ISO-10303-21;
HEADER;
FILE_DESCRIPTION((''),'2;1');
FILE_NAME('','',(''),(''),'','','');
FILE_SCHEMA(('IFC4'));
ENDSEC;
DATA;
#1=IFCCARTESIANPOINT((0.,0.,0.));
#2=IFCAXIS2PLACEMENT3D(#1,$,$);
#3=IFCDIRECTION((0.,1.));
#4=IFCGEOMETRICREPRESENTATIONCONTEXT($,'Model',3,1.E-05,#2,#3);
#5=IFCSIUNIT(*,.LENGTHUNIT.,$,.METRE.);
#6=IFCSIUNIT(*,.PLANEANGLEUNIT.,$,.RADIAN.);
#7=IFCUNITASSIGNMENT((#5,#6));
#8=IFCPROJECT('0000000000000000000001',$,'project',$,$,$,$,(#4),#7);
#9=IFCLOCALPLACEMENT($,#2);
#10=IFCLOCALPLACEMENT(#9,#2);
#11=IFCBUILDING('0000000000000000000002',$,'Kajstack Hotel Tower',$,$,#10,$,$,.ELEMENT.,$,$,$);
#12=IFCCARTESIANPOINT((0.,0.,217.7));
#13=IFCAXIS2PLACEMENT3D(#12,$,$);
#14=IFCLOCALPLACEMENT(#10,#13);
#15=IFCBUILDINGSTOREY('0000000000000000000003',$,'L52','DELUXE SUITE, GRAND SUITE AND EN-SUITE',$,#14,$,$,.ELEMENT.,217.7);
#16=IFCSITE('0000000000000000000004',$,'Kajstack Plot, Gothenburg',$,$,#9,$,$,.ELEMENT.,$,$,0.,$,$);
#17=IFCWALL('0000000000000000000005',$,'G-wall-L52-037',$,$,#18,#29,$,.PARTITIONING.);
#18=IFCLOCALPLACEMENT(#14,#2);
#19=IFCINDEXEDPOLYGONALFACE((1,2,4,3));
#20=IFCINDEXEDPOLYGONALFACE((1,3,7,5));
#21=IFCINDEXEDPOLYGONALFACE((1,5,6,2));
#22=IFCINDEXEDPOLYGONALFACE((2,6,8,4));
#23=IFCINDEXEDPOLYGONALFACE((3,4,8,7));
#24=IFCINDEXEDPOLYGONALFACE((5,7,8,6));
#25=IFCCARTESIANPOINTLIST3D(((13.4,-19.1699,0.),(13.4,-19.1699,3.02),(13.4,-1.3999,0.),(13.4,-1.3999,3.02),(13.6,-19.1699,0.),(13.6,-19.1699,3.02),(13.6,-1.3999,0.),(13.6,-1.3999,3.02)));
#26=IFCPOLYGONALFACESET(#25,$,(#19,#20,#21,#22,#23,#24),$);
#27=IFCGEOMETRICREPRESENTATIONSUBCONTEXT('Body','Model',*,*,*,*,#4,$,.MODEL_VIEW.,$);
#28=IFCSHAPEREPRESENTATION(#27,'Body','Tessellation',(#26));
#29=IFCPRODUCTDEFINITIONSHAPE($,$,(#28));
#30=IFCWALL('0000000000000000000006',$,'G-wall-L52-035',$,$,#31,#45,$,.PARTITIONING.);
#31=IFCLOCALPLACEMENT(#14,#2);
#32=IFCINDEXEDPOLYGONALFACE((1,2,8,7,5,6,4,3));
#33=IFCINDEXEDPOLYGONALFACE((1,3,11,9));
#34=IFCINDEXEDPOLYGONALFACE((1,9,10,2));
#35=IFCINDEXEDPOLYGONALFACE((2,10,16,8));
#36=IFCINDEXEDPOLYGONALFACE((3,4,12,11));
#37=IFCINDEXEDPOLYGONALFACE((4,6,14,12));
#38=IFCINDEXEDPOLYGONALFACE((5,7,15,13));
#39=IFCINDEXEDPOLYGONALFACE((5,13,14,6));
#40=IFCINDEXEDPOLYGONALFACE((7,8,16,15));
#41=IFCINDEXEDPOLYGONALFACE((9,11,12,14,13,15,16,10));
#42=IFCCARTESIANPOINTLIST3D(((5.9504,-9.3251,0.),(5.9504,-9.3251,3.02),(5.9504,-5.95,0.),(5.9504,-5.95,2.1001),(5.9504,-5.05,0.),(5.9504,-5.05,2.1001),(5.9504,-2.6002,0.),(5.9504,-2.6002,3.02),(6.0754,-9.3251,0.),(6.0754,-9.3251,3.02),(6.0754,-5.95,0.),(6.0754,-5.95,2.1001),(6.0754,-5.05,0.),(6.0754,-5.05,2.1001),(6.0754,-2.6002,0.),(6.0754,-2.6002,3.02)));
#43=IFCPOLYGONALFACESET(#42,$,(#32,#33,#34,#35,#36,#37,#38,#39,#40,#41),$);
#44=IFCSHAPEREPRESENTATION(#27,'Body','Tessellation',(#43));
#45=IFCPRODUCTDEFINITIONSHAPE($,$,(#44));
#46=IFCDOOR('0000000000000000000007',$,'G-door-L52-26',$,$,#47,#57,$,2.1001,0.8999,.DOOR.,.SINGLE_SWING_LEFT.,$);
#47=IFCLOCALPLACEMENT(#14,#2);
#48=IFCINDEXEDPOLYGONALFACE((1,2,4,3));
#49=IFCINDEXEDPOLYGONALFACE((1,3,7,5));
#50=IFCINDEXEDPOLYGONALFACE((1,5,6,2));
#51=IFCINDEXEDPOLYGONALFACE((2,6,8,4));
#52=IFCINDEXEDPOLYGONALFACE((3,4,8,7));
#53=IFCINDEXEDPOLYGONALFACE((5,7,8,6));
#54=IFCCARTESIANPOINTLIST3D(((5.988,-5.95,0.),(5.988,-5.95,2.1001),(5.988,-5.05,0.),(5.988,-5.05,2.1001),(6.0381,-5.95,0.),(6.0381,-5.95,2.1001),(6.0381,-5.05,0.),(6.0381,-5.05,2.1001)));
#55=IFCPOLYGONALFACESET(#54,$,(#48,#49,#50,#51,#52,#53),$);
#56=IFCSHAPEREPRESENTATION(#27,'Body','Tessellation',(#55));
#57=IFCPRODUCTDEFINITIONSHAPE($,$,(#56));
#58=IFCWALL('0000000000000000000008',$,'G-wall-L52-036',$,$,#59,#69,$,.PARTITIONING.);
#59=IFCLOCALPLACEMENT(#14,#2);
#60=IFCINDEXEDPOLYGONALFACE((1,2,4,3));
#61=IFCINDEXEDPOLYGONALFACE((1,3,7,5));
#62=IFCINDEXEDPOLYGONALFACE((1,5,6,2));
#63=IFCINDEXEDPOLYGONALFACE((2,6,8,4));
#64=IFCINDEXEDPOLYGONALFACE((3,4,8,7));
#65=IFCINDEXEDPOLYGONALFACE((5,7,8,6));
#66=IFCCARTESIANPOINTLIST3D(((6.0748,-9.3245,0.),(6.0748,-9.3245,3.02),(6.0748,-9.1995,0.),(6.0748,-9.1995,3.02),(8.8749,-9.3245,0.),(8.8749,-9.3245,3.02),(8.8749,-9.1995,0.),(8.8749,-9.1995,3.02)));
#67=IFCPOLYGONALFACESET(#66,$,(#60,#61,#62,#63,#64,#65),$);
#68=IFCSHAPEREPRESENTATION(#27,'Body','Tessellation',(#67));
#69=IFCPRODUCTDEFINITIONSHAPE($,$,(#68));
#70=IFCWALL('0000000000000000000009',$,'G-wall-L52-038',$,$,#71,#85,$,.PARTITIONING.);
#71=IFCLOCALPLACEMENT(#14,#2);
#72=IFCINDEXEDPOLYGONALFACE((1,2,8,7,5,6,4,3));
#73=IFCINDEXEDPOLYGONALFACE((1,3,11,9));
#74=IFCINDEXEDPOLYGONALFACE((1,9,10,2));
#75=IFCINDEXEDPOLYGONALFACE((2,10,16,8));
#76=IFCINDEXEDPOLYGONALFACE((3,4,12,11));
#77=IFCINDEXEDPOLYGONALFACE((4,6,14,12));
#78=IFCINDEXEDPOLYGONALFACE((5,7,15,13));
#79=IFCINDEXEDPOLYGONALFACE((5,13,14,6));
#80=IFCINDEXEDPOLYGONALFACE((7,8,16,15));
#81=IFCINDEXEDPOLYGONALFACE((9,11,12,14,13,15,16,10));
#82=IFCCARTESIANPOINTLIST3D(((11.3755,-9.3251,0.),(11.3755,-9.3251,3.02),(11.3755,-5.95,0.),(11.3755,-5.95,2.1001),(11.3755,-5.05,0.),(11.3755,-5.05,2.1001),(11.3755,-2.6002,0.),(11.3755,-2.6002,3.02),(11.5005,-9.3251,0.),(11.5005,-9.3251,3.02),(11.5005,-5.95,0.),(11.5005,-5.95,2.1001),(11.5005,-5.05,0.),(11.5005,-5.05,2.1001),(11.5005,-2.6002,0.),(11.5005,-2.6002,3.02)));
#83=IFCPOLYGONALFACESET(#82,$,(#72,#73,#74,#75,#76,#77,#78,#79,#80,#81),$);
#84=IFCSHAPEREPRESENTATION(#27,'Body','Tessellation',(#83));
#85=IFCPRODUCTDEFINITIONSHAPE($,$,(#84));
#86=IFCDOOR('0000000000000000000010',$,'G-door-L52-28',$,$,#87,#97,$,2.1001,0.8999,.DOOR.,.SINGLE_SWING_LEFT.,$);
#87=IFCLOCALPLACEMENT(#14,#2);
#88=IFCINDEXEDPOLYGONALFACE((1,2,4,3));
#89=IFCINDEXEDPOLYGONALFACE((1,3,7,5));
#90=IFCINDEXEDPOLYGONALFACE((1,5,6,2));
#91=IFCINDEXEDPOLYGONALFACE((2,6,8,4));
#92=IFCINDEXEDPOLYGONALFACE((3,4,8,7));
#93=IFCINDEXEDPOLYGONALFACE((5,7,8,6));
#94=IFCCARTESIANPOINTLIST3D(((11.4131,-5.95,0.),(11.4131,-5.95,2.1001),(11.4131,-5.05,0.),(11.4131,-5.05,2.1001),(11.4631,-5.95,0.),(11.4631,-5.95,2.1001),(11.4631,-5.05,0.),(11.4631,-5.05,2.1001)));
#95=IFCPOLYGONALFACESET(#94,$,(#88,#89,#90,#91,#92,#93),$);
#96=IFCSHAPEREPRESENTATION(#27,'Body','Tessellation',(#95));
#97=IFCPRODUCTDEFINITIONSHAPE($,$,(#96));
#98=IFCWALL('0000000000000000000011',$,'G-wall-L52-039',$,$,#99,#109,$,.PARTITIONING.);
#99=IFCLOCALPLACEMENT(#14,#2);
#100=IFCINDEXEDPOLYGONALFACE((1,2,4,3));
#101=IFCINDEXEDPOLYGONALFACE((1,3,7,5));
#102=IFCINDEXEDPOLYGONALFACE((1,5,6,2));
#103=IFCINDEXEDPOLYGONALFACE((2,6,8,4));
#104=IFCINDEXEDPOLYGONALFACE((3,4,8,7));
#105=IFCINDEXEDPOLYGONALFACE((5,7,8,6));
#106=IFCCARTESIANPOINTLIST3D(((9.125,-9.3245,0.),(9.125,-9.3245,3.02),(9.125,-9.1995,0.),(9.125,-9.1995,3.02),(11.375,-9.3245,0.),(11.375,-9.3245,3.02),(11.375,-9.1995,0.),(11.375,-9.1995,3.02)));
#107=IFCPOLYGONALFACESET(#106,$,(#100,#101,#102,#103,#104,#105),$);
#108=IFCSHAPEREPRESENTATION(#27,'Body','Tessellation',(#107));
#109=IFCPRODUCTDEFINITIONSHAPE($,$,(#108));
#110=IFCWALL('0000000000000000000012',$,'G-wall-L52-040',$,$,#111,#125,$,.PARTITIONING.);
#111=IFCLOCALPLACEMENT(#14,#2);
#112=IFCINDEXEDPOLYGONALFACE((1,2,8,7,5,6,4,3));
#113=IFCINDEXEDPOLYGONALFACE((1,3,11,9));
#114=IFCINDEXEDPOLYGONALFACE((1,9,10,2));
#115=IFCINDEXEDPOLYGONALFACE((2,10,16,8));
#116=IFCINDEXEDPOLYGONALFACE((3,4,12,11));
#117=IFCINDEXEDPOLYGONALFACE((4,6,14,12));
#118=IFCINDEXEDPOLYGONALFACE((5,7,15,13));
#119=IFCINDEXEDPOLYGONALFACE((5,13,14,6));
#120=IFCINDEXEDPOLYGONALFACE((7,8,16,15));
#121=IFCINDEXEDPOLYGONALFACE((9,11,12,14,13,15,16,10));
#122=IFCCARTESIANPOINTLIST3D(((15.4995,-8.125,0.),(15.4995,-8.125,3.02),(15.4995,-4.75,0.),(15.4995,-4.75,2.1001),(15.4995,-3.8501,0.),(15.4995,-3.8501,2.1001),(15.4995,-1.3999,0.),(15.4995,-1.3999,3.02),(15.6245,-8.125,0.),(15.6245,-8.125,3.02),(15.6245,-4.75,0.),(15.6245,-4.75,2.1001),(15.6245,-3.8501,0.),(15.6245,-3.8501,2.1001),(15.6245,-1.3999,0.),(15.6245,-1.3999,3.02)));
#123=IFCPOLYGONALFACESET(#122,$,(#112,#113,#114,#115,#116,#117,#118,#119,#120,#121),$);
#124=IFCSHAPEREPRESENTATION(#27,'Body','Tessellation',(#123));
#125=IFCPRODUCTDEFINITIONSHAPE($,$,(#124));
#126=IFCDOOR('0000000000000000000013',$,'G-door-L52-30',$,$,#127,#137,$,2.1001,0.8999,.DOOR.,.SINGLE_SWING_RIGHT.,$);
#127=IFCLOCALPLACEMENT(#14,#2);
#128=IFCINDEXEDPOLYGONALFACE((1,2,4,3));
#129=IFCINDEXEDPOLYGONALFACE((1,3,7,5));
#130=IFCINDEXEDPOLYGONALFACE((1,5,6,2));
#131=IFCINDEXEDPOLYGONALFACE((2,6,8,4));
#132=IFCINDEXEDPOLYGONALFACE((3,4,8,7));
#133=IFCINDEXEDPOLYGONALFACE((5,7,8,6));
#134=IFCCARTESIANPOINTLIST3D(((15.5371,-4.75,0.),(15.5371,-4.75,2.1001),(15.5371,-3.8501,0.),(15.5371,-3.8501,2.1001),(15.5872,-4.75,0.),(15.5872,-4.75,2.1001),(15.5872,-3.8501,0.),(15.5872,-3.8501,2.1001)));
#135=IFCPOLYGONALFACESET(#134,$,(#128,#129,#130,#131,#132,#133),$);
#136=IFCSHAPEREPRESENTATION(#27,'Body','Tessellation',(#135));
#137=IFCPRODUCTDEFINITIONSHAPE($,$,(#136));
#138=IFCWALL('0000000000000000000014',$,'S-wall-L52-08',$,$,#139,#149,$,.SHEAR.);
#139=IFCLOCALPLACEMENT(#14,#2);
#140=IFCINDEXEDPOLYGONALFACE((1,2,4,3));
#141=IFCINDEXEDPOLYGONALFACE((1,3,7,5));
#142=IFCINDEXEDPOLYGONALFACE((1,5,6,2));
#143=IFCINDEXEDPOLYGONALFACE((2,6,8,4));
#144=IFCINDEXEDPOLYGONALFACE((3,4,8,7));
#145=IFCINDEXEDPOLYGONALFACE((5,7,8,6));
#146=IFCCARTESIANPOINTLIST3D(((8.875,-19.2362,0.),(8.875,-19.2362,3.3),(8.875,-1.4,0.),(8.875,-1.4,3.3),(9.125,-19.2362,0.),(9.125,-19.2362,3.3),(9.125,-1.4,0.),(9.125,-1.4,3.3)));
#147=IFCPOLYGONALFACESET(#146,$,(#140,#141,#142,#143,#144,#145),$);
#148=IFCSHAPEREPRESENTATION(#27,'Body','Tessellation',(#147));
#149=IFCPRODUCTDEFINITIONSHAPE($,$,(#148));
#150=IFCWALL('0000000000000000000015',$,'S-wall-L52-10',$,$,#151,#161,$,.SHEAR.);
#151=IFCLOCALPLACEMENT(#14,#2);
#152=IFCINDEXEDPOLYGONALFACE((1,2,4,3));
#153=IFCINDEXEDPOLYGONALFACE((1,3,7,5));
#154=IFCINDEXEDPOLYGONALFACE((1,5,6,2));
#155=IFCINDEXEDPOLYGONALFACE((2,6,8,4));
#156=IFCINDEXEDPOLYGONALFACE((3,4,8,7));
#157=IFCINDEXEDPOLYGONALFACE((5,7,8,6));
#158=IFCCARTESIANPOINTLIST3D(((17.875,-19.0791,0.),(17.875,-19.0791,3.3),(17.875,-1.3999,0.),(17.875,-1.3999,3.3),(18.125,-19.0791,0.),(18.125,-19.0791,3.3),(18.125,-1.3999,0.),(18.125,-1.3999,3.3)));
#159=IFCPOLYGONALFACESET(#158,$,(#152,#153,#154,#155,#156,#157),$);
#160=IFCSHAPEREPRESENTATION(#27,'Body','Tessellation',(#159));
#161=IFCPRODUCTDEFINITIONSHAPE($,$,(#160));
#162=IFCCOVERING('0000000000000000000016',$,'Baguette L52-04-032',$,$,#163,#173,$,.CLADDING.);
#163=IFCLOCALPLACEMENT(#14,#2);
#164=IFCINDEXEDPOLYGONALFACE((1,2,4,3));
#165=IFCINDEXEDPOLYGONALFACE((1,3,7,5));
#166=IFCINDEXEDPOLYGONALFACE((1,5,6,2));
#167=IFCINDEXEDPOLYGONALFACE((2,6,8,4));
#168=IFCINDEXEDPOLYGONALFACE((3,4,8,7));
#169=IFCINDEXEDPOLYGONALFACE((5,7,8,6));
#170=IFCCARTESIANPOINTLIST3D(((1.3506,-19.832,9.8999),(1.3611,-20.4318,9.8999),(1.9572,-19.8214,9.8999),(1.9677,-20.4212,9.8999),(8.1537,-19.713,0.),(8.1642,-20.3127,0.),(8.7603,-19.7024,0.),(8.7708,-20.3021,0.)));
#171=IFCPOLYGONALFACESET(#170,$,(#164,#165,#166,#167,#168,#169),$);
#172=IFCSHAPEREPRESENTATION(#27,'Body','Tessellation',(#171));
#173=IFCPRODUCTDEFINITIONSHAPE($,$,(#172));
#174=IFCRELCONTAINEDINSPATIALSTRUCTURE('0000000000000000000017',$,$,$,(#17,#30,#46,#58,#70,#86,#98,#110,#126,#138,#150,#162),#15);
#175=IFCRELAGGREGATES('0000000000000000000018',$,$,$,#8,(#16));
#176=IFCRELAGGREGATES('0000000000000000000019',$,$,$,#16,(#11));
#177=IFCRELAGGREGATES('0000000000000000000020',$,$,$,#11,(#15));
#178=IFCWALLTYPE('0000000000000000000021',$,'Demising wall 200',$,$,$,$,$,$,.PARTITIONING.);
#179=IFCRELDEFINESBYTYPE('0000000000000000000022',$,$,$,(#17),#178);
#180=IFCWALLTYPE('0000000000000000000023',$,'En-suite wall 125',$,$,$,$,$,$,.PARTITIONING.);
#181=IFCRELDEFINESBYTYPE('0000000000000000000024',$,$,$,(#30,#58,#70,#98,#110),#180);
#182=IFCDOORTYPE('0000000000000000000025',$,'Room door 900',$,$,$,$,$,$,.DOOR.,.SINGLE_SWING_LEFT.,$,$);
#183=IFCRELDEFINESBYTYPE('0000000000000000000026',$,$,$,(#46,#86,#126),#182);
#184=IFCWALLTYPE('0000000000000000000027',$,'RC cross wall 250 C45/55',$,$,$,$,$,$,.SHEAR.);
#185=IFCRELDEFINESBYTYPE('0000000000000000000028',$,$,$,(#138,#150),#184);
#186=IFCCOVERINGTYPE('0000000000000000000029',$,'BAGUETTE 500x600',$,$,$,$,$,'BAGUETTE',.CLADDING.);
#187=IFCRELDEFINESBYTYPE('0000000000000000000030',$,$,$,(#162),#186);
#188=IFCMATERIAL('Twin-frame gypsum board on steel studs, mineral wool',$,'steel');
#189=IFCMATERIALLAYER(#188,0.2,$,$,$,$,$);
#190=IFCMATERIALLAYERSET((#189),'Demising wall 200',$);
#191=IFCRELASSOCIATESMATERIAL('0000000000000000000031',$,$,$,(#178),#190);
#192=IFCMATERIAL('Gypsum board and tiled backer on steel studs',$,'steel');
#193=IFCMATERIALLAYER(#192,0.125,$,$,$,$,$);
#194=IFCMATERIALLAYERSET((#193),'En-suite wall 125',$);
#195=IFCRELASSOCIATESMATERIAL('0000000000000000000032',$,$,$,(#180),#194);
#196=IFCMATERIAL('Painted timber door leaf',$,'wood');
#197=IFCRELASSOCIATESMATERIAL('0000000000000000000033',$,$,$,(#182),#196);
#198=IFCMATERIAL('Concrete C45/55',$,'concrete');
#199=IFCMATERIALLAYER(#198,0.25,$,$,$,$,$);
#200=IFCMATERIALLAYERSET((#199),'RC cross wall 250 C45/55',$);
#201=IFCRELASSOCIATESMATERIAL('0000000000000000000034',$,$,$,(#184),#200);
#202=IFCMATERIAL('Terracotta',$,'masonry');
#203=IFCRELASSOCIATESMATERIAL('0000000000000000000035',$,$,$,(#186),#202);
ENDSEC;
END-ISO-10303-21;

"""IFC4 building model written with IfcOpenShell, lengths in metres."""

from ifc_helpers import new_model, si_unit, direction, frame, frame_2d, origin, origin_2d, place, context, subcontext, project, spatial, polyline, rectangle, outline, extrude, material, layer, layer_set, material_profile, profile_set, type_object, element, fill, save


model = new_model("IFC4")

# Units and contexts
model_context = context("Model", 3, precision=1e-05, world=origin(), true_north=direction((0.0, 1.0)))
body_context = subcontext(model_context, "Body", "Model", "MODEL_VIEW")
ifc_project = project(units=[si_unit("LENGTHUNIT", "METRE"), si_unit("PLANEANGLEUNIT", "RADIAN")], contexts=[model_context])

# Site, building, storey
site_placement = place(None, origin())
site = spatial("IfcSite", under=ifc_project, at=site_placement, Name="Kajstack Plot, Gothenburg", CompositionType="ELEMENT", RefElevation=0.0)
building_placement = place(site_placement, origin())
building = spatial("IfcBuilding", under=site, at=building_placement, Name="Kajstack Hotel Tower", CompositionType="ELEMENT")
storey_placement = place(building_placement, frame((0.0, 0.0, 217.7)))
storey = spatial("IfcBuildingStorey", under=building, at=storey_placement, Name="L52", Description="DELUXE SUITE, GRAND SUITE AND EN-SUITE", CompositionType="ELEMENT", Elevation=217.7)

# Wall
ifc_material_1 = material(Name="Twin-frame gypsum board on steel studs, mineral wool", Category="steel")
ifc_layer_1 = layer(ifc_material_1, 0.2)
ifc_layer_set_1 = layer_set([ifc_layer_1], Name="Demising wall 200")
wall_type_1 = type_object("IfcWallType", Name="Demising wall 200", PredefinedType="PARTITIONING", material=ifc_layer_set_1)
wall_1_placement = place(storey_placement, frame((13.5, -19.1699, 0.0), z_axis=(0.0, 0.0, 1.0), x_axis=(0.0, 1.0, 0.0)))
element("IfcWall", 1, at=wall_1_placement, inside=storey, type_object=wall_type_1, Name="G-wall-L52-037", PredefinedType="PARTITIONING", context=body_context, shape_type="SweptSolid", body=[
    extrude(rectangle(XDim=17.77, YDim=0.2, at=frame_2d((8.885, 0.0))), origin(), (0.0, 0.0, 1.0), 3.02),
])

# Wall, opening, door
ifc_material_2 = material(Name="Gypsum board and tiled backer on steel studs", Category="steel")
ifc_layer_2 = layer(ifc_material_2, 0.125)
ifc_layer_set_2 = layer_set([ifc_layer_2], Name="En-suite wall 125")
wall_type_2 = type_object("IfcWallType", Name="En-suite wall 125", PredefinedType="PARTITIONING", material=ifc_layer_set_2)
wall_2_placement = place(storey_placement, frame((6.0129, -9.325, 0.0), z_axis=(0.0, 0.0, 1.0), x_axis=(0.0, 1.0, 0.0)))
wall_2 = element("IfcWall", 2, at=wall_2_placement, inside=storey, type_object=wall_type_2, Name="G-wall-L52-035", PredefinedType="PARTITIONING", context=body_context, shape_type="SweptSolid", body=[
    extrude(rectangle(XDim=6.7249, YDim=0.125, at=frame_2d((3.3623, 0.0))), origin(), (0.0, 0.0, 1.0), 3.02),
])
opening_1_placement = place(wall_2_placement, frame((3.375, 0.0, 0.0)))
opening_1 = element("IfcOpeningElement", 3, at=opening_1_placement, cuts=wall_2, PredefinedType="OPENING", context=body_context, shape_type="SweptSolid", body=[
    extrude(rectangle(XDim=0.8999, YDim=2.1001, at=frame_2d((0.45, 1.05))), frame((0.0, 0.0725, 0.0), z_axis=(0.0, -1.0, 0.0), x_axis=(1.0, 0.0, 0.0)), (0.0, 0.0, 1.0), 0.145),
])
ifc_material_3 = material(Name="Painted timber door leaf", Category="wood")
door_type = type_object("IfcDoorType", Name="Room door 900", OperationType="SINGLE_SWING_LEFT", PredefinedType="DOOR", material=ifc_material_3)
door_1_placement = place(opening_1_placement, origin())
door_1 = element("IfcDoor", 4, at=door_1_placement, inside=storey, type_object=door_type, Name="G-door-L52-26", OperationType="SINGLE_SWING_LEFT", OverallHeight=2.1001, OverallWidth=0.8999, PredefinedType="DOOR", context=body_context, shape_type="SweptSolid", body=[
    extrude(rectangle(XDim=0.8999, YDim=2.1001, at=frame_2d((0.45, 1.05))), frame((0.0, 0.0249, 0.0), z_axis=(0.0, -1.0, 0.0), x_axis=(1.0, 0.0, 0.0)), (0.0, 0.0, 1.0), 0.05),
])
fill(opening_1, door_1)

# Wall
wall_3_placement = place(storey_placement, frame((6.075, -9.262, 0.0), z_axis=(0.0, 0.0, 1.0), x_axis=(1.0, 0.0, 0.0)))
element("IfcWall", 5, at=wall_3_placement, inside=storey, type_object=wall_type_2, Name="G-wall-L52-036", PredefinedType="PARTITIONING", context=body_context, shape_type="SweptSolid", body=[
    extrude(rectangle(XDim=2.8, YDim=0.125, at=frame_2d((1.3999, 0.0))), origin(), (0.0, 0.0, 1.0), 3.02),
])

# Wall, opening, door
wall_4_placement = place(storey_placement, frame((11.438, -9.325, 0.0), z_axis=(0.0, 0.0, 1.0), x_axis=(0.0, 1.0, 0.0)))
wall_4 = element("IfcWall", 6, at=wall_4_placement, inside=storey, type_object=wall_type_2, Name="G-wall-L52-038", PredefinedType="PARTITIONING", context=body_context, shape_type="SweptSolid", body=[
    extrude(rectangle(XDim=6.7249, YDim=0.125, at=frame_2d((3.3623, 0.0))), origin(), (0.0, 0.0, 1.0), 3.02),
])
opening_2_placement = place(wall_4_placement, frame((3.375, 0.0, 0.0)))
opening_2 = element("IfcOpeningElement", 7, at=opening_2_placement, cuts=wall_4, PredefinedType="OPENING", context=body_context, shape_type="SweptSolid", body=[
    extrude(rectangle(XDim=0.8999, YDim=2.1001, at=frame_2d((0.45, 1.05))), frame((0.0, 0.0725, 0.0), z_axis=(0.0, -1.0, 0.0), x_axis=(1.0, 0.0, 0.0)), (0.0, 0.0, 1.0), 0.145),
])
door_2_placement = place(opening_2_placement, origin())
door_2 = element("IfcDoor", 8, at=door_2_placement, inside=storey, type_object=door_type, Name="G-door-L52-28", OperationType="SINGLE_SWING_LEFT", OverallHeight=2.1001, OverallWidth=0.8999, PredefinedType="DOOR", context=body_context, shape_type="SweptSolid", body=[
    extrude(rectangle(XDim=0.8999, YDim=2.1001, at=frame_2d((0.45, 1.05))), frame((0.0, 0.0249, 0.0), z_axis=(0.0, -1.0, 0.0), x_axis=(1.0, 0.0, 0.0)), (0.0, 0.0, 1.0), 0.05),
])
fill(opening_2, door_2)

# Wall
wall_5_placement = place(storey_placement, frame((9.125, -9.262, 0.0), z_axis=(0.0, 0.0, 1.0), x_axis=(1.0, 0.0, 0.0)))
element("IfcWall", 9, at=wall_5_placement, inside=storey, type_object=wall_type_2, Name="G-wall-L52-039", PredefinedType="PARTITIONING", context=body_context, shape_type="SweptSolid", body=[
    extrude(rectangle(XDim=2.25, YDim=0.125, at=frame_2d((1.125, 0.0))), origin(), (0.0, 0.0, 1.0), 3.02),
])

# Wall, opening, door
wall_6_placement = place(storey_placement, frame((15.562, -8.125, 0.0), z_axis=(0.0, 0.0, 1.0), x_axis=(0.0, 1.0, 0.0)))
wall_6 = element("IfcWall", 10, at=wall_6_placement, inside=storey, type_object=wall_type_2, Name="G-wall-L52-040", PredefinedType="PARTITIONING", context=body_context, shape_type="SweptSolid", body=[
    extrude(rectangle(XDim=6.7251, YDim=0.125, at=frame_2d((3.3625, 0.0))), origin(), (0.0, 0.0, 1.0), 3.02),
])
opening_3_placement = place(wall_6_placement, frame((3.375, 0.0, 0.0)))
opening_3 = element("IfcOpeningElement", 11, at=opening_3_placement, cuts=wall_6, PredefinedType="OPENING", context=body_context, shape_type="SweptSolid", body=[
    extrude(rectangle(XDim=0.8999, YDim=2.1001, at=frame_2d((0.45, 1.05))), frame((0.0, 0.0725, 0.0), z_axis=(0.0, -1.0, 0.0), x_axis=(1.0, 0.0, 0.0)), (0.0, 0.0, 1.0), 0.145),
])
door_3_placement = place(opening_3_placement, origin())
door_3 = element("IfcDoor", 12, at=door_3_placement, inside=storey, type_object=door_type, Name="G-door-L52-30", OperationType="SINGLE_SWING_RIGHT", OverallHeight=2.1001, OverallWidth=0.8999, PredefinedType="DOOR", context=body_context, shape_type="SweptSolid", body=[
    extrude(rectangle(XDim=0.8999, YDim=2.1001, at=frame_2d((0.45, 1.05))), frame((0.0, 0.0249, 0.0), z_axis=(0.0, -1.0, 0.0), x_axis=(1.0, 0.0, 0.0)), (0.0, 0.0, 1.0), 0.05),
])
fill(opening_3, door_3)

# Walls
ifc_material_4 = material(Name="Concrete C45/55", Category="concrete")
ifc_layer_3 = layer(ifc_material_4, 0.25)
ifc_layer_set_3 = layer_set([ifc_layer_3], Name="RC cross wall 250 C45/55")
wall_type_3 = type_object("IfcWallType", Name="RC cross wall 250 C45/55", PredefinedType="SHEAR", material=ifc_layer_set_3)
wall_7_placement = place(storey_placement, frame((9.0, -19.2361, 0.0), z_axis=(0.0, 0.0, 1.0), x_axis=(0.0, 1.0, 0.0)))
element("IfcWall", 13, at=wall_7_placement, inside=storey, type_object=wall_type_3, Name="S-wall-L52-08", PredefinedType="SHEAR", context=body_context, shape_type="SweptSolid", body=[
    extrude(rectangle(XDim=17.8362, YDim=0.25, at=frame_2d((8.918, 0.0))), origin(), (0.0, 0.0, 1.0), 3.3),
])
wall_8_placement = place(storey_placement, frame((18.0, -19.0791, 0.0), z_axis=(0.0, 0.0, 1.0), x_axis=(0.0, 1.0, 0.0)))
element("IfcWall", 14, at=wall_8_placement, inside=storey, type_object=wall_type_3, Name="S-wall-L52-10", PredefinedType="SHEAR", context=body_context, shape_type="SweptSolid", body=[
    extrude(rectangle(XDim=17.6792, YDim=0.25, at=frame_2d((8.8396, 0.0))), origin(), (0.0, 0.0, 1.0), 3.3),
])

# Covering
ifc_material_5 = material(Name="Terracotta", Category="masonry")
ifc_material_profile = material_profile(ifc_material_5, rectangle(XDim=0.6001, YDim=0.5, at=origin_2d()), Name="Terracotta-clad concrete baguette 500 x 600")
ifc_profile_set = profile_set([ifc_material_profile], Name="Terracotta")
covering_type = type_object("IfcCoveringType", Name="BAGUETTE 500x600", ElementType="BAGUETTE", PredefinedType="CLADDING", material=ifc_profile_set)
for number, where, z_axis, x_axis, name in (
    (15, (1.3506, -19.832, 0.0), (0.017498, -0.999847, 0.0), (0.999847, 0.017498, 0.0), "Baguette L52-04-032"),
):
    element("IfcCovering", number, at=place(storey_placement, frame(where, z_axis=z_axis, x_axis=x_axis)), inside=storey, type_object=covering_type, Name=name, PredefinedType="CLADDING", context=body_context, shape_type="SweptSolid", body=[
        extrude(outline(polyline([(0.0, 9.8999), (6.8042, 0.0), (7.4109, 0.0), (0.6067, 9.8999), (0.0, 9.8999)])), origin(), (0.0, 0.0, 1.0), 0.5999),
    ])

save(model, "model.ifc")
